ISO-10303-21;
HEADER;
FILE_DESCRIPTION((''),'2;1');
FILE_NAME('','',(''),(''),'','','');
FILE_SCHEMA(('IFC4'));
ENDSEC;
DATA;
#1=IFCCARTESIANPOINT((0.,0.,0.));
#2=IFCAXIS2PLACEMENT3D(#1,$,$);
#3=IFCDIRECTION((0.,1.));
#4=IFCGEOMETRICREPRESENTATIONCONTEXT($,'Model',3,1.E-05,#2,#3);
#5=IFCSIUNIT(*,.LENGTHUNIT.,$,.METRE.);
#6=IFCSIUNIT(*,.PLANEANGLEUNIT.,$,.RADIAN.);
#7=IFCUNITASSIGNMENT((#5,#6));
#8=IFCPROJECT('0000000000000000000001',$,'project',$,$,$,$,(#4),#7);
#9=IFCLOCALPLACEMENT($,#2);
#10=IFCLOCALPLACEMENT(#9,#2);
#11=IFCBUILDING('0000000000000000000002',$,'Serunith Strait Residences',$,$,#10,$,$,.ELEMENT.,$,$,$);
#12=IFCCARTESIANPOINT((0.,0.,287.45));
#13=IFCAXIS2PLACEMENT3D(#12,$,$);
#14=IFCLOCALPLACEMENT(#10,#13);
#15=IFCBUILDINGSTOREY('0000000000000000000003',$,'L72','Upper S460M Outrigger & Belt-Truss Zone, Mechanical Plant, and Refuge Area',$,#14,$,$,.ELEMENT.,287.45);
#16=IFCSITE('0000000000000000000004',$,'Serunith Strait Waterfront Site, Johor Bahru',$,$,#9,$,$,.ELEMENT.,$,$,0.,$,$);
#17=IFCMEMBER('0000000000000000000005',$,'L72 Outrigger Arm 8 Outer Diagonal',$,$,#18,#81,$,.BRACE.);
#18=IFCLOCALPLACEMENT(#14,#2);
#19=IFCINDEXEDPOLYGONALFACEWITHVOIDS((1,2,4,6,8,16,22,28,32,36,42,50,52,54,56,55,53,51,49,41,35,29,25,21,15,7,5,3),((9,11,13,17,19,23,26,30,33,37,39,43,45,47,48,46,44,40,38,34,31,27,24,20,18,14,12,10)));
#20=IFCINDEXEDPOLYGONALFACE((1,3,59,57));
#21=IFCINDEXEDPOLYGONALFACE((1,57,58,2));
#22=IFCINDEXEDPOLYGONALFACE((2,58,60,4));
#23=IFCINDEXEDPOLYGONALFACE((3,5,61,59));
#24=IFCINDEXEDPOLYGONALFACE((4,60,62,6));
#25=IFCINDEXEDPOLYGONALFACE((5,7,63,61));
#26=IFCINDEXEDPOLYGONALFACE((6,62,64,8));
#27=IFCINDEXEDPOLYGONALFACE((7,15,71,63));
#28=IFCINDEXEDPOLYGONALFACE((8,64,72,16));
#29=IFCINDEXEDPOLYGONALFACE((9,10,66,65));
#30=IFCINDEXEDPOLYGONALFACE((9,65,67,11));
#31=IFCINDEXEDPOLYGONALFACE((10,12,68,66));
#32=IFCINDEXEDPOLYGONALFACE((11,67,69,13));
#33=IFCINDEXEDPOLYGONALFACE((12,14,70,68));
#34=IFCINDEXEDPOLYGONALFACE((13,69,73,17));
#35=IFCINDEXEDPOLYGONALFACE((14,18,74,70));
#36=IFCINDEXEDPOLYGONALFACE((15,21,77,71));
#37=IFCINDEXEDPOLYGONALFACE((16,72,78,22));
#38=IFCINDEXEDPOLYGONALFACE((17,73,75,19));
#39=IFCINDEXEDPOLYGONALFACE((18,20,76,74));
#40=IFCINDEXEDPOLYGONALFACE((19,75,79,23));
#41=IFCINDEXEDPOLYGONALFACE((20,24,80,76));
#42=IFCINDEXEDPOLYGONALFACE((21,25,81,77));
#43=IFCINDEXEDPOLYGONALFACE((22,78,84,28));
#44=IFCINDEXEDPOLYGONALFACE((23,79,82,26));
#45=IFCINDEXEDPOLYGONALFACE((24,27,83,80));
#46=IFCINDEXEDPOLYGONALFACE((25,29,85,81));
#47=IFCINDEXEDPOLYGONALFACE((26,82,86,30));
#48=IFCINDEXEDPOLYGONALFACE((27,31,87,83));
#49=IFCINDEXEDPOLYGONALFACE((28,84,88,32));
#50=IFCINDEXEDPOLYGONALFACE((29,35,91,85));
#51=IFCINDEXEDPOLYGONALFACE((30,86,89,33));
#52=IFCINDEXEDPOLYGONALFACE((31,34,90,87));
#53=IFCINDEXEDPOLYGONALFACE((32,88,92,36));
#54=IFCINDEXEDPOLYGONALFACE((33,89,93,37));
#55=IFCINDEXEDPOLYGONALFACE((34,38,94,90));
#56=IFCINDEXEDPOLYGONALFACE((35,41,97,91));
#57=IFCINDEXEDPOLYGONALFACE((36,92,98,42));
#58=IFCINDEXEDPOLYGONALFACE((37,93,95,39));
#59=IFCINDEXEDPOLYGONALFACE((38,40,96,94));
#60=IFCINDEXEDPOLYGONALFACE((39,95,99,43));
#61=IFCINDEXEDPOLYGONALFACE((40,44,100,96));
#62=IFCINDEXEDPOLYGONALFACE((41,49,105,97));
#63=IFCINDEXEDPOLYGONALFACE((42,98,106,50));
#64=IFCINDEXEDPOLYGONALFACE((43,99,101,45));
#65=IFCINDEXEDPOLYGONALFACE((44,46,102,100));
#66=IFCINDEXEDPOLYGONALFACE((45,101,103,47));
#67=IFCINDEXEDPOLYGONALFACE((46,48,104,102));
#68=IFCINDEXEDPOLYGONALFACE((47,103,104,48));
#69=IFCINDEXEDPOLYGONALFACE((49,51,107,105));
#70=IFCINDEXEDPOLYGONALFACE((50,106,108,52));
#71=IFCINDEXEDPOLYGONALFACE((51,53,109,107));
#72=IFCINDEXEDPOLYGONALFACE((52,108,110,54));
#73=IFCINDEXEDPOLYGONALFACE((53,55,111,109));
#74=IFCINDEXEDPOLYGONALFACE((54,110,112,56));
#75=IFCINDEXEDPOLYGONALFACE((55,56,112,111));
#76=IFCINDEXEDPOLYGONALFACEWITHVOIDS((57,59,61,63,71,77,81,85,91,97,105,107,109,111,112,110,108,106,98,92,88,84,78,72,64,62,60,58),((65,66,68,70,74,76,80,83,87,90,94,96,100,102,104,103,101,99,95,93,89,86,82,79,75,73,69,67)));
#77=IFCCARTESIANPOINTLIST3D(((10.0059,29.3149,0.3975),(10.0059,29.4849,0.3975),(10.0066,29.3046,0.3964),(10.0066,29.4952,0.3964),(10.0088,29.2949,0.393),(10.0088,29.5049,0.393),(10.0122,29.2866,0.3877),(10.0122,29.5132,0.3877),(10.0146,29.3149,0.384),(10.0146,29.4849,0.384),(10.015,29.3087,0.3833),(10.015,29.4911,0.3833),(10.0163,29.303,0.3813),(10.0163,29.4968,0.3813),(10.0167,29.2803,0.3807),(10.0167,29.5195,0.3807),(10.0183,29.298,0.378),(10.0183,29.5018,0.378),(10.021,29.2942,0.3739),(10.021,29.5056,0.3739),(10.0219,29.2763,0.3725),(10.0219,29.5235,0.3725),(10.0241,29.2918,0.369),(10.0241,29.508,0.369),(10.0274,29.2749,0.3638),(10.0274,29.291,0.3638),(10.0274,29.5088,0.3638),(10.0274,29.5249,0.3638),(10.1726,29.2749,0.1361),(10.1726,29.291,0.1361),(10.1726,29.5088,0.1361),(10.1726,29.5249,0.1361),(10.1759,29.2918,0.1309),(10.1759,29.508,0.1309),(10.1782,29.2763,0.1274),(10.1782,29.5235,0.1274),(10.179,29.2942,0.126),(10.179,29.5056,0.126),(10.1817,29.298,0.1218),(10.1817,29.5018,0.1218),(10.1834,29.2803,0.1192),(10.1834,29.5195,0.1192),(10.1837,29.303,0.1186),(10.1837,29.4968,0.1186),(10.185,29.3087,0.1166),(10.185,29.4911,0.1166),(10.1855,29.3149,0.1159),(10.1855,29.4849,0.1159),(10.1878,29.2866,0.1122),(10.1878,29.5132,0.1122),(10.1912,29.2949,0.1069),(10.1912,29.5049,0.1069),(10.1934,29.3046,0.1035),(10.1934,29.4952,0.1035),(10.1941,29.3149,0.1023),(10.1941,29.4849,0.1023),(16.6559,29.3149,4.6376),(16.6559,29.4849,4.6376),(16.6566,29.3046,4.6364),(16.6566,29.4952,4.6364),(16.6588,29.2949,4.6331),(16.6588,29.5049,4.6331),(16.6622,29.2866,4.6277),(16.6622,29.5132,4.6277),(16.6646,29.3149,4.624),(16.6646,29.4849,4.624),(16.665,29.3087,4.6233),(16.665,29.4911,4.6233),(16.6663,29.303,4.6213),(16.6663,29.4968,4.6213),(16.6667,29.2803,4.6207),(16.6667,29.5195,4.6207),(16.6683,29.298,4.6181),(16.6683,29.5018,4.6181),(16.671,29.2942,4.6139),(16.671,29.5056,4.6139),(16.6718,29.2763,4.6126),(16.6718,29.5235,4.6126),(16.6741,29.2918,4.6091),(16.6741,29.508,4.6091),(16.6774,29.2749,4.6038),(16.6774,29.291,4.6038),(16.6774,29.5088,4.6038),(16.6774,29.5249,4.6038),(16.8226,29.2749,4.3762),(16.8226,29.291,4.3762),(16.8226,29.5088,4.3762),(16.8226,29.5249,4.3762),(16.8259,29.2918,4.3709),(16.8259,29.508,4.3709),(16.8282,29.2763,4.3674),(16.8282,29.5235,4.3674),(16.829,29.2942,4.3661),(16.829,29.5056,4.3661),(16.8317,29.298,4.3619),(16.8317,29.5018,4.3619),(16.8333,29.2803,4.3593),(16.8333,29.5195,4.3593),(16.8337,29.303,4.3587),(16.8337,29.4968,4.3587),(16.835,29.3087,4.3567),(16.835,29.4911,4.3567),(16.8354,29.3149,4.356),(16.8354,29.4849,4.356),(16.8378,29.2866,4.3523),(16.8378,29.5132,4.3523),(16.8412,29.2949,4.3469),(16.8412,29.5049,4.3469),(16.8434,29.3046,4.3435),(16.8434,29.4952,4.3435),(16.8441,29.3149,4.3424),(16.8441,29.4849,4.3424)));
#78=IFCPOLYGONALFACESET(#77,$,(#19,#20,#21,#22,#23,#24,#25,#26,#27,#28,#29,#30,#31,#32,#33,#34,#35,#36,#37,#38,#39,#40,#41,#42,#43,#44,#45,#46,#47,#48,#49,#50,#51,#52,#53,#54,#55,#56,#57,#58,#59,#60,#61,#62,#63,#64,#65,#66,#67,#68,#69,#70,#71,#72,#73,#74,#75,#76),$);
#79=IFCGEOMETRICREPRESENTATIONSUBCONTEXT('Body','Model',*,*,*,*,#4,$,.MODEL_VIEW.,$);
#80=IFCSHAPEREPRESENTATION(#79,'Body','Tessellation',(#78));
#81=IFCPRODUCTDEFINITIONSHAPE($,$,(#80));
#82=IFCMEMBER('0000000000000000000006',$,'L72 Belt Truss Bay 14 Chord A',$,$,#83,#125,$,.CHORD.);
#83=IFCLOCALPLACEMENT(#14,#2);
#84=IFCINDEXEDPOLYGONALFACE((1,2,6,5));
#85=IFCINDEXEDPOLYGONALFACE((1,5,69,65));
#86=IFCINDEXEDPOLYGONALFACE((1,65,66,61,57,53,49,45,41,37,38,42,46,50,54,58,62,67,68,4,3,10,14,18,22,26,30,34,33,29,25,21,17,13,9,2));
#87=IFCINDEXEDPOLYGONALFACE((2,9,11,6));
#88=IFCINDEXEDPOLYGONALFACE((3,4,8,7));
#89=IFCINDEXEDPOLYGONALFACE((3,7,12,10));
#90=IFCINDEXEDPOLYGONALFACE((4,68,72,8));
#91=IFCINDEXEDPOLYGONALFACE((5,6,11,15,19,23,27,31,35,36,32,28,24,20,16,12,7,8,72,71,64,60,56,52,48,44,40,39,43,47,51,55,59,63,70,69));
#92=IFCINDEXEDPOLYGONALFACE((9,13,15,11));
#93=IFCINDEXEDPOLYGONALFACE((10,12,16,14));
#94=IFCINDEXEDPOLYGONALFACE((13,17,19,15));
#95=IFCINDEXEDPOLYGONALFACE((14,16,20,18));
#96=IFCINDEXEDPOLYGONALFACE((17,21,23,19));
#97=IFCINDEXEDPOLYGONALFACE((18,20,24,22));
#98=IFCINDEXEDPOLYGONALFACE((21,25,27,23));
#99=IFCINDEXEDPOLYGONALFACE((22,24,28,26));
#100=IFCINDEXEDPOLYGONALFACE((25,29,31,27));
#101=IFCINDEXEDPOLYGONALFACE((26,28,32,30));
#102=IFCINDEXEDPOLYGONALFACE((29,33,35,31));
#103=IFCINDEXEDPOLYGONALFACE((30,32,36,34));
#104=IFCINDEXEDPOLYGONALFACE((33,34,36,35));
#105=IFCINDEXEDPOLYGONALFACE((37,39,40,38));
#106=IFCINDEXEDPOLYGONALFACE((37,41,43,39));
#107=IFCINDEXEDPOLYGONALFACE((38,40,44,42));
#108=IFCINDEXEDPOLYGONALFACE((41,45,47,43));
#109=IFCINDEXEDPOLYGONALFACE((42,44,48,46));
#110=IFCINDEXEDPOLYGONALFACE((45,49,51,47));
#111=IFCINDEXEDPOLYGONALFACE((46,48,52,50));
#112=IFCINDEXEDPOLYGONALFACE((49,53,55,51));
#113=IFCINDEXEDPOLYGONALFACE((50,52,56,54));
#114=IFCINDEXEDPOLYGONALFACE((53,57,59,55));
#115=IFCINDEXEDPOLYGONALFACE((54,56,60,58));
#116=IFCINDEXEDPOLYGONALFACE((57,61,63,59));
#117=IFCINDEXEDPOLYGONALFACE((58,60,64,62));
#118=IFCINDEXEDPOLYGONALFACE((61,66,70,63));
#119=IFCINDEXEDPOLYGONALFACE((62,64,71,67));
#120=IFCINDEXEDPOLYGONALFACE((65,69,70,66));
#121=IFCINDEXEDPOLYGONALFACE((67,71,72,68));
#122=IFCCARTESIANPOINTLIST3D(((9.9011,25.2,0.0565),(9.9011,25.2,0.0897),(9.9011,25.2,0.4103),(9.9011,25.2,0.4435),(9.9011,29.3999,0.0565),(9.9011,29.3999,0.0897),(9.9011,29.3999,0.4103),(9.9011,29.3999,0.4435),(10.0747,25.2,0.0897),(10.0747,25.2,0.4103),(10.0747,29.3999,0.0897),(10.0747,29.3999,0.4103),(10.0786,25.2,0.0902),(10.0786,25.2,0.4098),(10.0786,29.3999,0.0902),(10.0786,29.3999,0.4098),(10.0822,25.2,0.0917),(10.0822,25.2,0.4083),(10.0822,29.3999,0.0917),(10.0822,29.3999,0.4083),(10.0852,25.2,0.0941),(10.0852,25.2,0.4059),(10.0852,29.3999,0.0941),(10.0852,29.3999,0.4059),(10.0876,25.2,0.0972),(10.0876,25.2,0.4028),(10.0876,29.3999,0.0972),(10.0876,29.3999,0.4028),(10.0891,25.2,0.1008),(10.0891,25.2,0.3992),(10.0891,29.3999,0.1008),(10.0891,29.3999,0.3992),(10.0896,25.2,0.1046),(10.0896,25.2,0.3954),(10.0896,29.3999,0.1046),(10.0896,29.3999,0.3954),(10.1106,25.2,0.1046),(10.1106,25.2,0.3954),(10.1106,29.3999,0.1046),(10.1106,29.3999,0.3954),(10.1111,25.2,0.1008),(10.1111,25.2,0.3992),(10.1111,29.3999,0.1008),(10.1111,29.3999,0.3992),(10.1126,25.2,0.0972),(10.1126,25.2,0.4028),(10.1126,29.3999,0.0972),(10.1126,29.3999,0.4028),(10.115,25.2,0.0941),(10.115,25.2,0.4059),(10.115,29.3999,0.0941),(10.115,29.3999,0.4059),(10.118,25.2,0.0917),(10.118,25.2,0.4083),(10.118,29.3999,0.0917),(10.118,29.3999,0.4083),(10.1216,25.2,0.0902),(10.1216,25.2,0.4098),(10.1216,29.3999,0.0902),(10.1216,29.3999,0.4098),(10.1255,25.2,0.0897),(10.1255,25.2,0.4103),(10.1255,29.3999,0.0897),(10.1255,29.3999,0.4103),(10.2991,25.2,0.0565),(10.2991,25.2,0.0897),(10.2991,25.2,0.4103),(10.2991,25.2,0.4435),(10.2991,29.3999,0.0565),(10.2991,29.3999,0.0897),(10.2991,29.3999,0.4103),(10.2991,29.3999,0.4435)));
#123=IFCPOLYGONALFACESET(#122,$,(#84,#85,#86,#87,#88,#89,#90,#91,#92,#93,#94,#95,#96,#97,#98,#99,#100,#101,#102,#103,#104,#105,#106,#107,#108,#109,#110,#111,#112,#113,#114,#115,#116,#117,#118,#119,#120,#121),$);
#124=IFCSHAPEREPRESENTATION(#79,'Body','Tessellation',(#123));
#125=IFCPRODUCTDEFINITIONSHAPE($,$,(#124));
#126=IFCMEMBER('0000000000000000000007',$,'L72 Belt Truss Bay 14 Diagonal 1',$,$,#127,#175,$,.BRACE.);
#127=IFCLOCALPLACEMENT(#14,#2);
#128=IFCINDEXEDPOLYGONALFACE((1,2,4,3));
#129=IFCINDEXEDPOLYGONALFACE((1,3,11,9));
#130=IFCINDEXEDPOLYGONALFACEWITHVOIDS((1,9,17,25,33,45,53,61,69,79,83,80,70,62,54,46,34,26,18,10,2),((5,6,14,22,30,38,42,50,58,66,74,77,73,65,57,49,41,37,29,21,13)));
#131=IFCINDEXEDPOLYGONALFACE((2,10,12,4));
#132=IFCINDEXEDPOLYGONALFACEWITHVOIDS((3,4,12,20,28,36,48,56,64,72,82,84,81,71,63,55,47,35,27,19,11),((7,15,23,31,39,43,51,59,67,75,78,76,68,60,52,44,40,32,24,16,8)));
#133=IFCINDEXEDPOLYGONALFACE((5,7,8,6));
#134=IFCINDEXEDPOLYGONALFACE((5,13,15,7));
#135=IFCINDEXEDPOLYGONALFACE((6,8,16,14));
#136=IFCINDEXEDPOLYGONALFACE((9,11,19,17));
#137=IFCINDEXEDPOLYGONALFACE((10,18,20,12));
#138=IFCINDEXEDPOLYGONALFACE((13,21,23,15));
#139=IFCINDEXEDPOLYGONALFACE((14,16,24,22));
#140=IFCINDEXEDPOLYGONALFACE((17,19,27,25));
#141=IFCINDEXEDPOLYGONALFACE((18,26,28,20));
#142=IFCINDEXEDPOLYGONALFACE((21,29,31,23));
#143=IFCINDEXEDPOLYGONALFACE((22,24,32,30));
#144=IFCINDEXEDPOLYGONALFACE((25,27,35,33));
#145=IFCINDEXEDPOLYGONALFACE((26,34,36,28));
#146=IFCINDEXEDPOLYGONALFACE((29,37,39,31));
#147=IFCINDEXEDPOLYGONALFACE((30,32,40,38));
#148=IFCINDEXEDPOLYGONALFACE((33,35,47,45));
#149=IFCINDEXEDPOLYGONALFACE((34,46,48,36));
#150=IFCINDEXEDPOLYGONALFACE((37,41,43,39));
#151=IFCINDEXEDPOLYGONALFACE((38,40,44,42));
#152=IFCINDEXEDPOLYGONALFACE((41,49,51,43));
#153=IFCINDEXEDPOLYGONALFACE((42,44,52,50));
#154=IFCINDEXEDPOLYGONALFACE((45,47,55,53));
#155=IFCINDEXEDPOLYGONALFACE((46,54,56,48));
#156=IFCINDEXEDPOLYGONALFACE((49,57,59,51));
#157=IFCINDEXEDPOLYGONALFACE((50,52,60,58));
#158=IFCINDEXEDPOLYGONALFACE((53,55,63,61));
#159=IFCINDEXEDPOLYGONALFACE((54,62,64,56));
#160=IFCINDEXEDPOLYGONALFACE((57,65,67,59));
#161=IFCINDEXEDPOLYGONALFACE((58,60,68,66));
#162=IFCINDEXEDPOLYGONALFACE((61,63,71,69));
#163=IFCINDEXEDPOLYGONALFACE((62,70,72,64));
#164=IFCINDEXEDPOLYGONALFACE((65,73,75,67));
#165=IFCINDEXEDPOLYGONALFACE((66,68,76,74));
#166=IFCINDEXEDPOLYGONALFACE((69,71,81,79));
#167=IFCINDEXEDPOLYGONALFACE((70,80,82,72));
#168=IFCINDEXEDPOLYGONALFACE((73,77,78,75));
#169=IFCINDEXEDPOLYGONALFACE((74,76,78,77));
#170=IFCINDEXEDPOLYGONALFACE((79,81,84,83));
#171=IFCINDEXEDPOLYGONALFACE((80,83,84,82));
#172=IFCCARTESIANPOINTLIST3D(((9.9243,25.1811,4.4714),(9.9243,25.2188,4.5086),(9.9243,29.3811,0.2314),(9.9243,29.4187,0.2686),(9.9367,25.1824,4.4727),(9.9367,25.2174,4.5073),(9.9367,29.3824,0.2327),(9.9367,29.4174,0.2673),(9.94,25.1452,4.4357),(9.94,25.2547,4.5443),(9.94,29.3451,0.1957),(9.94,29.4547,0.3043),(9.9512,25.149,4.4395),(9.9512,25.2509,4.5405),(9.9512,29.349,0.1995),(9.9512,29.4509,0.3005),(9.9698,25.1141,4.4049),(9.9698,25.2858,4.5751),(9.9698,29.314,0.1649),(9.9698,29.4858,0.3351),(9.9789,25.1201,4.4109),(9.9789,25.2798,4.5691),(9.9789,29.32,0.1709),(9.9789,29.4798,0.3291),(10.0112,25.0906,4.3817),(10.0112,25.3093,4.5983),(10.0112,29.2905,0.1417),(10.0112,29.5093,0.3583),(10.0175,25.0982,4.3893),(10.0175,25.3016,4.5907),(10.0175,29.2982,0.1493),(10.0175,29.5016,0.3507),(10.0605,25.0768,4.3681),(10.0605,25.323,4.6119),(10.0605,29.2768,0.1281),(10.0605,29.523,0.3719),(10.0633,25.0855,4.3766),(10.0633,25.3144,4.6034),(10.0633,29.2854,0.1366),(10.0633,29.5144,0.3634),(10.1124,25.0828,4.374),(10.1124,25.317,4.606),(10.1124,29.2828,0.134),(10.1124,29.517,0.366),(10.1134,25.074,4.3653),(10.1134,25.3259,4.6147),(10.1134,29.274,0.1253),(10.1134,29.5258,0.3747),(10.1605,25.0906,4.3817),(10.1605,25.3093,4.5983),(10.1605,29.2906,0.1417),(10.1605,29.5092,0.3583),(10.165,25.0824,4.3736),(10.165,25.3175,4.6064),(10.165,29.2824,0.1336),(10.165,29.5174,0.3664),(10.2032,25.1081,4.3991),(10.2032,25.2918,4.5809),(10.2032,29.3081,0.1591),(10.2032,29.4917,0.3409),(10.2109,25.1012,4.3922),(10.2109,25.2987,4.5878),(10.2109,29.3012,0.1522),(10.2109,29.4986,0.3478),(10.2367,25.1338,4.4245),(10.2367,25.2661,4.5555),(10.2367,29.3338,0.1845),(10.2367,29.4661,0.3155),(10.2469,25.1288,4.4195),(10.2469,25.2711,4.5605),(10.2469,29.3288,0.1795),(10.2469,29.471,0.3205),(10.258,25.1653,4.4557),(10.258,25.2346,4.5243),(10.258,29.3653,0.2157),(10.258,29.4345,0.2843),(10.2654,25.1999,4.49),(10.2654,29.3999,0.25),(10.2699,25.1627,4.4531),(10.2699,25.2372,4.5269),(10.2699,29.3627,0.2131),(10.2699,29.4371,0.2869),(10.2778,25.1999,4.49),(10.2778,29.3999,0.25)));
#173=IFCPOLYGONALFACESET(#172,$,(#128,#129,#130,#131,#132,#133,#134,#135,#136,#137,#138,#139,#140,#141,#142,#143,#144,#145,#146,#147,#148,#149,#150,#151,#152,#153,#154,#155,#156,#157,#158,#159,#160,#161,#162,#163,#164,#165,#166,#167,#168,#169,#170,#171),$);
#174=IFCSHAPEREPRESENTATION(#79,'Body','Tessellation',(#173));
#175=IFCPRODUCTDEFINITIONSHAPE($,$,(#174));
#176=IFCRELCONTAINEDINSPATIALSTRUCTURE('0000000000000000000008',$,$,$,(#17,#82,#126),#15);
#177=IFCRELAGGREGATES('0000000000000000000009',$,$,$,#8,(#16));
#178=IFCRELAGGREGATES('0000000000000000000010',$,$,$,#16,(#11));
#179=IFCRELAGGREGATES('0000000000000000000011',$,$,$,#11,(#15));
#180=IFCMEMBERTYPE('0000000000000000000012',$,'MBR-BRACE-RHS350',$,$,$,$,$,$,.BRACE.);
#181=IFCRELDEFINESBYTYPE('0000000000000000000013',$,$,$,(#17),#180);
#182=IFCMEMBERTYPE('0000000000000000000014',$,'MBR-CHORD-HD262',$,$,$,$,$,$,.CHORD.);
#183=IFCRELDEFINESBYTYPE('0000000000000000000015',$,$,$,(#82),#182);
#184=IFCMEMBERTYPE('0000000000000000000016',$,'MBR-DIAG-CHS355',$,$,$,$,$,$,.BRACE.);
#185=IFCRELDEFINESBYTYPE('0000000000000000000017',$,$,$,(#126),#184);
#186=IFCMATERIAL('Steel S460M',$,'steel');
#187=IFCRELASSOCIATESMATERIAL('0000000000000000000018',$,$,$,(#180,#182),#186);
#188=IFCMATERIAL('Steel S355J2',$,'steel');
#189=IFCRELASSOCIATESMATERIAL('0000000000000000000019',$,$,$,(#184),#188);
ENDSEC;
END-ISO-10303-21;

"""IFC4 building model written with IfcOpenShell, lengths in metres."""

from ifc_helpers import new_model, si_unit, direction, frame, origin, origin_2d, place, context, subcontext, project, spatial, hollow_rectangle, hollow_circle, i_section, extrude, source, transform, mapped, material, material_profile, profile_set, type_object, element, save


model = new_model("IFC4")

# Units and contexts
model_context = context("Model", 3, precision=1e-05, world=origin(), true_north=direction((0.0, 1.0)))
body_context = subcontext(model_context, "Body", "Model", "MODEL_VIEW")
ifc_project = project(units=[si_unit("LENGTHUNIT", "METRE"), si_unit("PLANEANGLEUNIT", "RADIAN")], contexts=[model_context])

# Site, building, storey
site_placement = place(None, origin())
site = spatial("IfcSite", under=ifc_project, at=site_placement, Name="Serunith Strait Waterfront Site, Johor Bahru", CompositionType="ELEMENT", RefElevation=0.0)
building_placement = place(site_placement, origin())
building = spatial("IfcBuilding", under=site, at=building_placement, Name="Serunith Strait Residences", CompositionType="ELEMENT")
storey_placement = place(building_placement, frame((0.0, 0.0, 287.45)))
storey = spatial("IfcBuildingStorey", under=building, at=storey_placement, Name="L72", Description="Upper S460M Outrigger & Belt-Truss Zone, Mechanical Plant, and Refuge Area", CompositionType="ELEMENT", Elevation=287.45)

# Shared definitions
ifc_material_1 = material(Name="Steel S355J2", Category="steel")

# Members
ifc_material_2 = material(Name="Steel S460M", Category="steel")
ifc_material_profile_1 = material_profile(ifc_material_2, hollow_rectangle(XDim=0.25, YDim=0.3501, WallThickness=0.0161, InnerFilletRadius=0.0239, OuterFilletRadius=0.04, at=origin_2d()), Name="RHS 350x250x16")
ifc_profile_set_1 = profile_set([ifc_material_profile_1], Name="Steel S460M")
member_type_1 = type_object("IfcMemberType", Name="MBR-BRACE-RHS350", PredefinedType="BRACE", material=ifc_profile_set_1)
shared_shape_1 = source(origin(), body_context, "Body", "SweptSolid", [
    extrude(hollow_rectangle(XDim=0.25, YDim=0.3501, WallThickness=0.0161, InnerFilletRadius=0.0239, OuterFilletRadius=0.04, at=origin_2d()), origin(), (0.0, 0.0, 1.0), 7.8867),
])
member_1_placement = place(storey_placement, frame((16.75, 29.3999, 4.49), z_axis=(-0.843188, 0.0, -0.537618), x_axis=(0.0, -1.0, 0.0)))
element("IfcMember", 1, at=member_1_placement, inside=storey, type_object=member_type_1, Name="L72 Outrigger Arm 8 Outer Diagonal", PredefinedType="BRACE", context=body_context, shape_type="MappedRepresentation", body=[
    mapped(shared_shape_1, transform((0.0, 0.0, 0.0), scale=1.0)),
])
ifc_material_profile_2 = material_profile(ifc_material_2, i_section(OverallWidth=0.3979, OverallDepth=0.387, WebThickness=0.021, FlangeThickness=0.0332, FilletRadius=0.0149, at=origin_2d()), Name="HD 400x262")
ifc_profile_set_2 = profile_set([ifc_material_profile_2], Name="Steel S460M")
member_type_2 = type_object("IfcMemberType", Name="MBR-CHORD-HD262", PredefinedType="CHORD", material=ifc_profile_set_2)
shared_shape_2 = source(origin(), body_context, "Body", "SweptSolid", [
    extrude(i_section(OverallWidth=0.3979, OverallDepth=0.387, WebThickness=0.021, FlangeThickness=0.0332, FilletRadius=0.0149, at=origin_2d()), origin(), (0.0, 0.0, 1.0), 4.2),
])
member_2_placement = place(storey_placement, frame((10.1001, 29.3999, 0.25), z_axis=(0.0, -1.0, 0.0), x_axis=(1.0, 0.0, 0.0)))
element("IfcMember", 2, at=member_2_placement, inside=storey, type_object=member_type_2, Name="L72 Belt Truss Bay 14 Chord A", PredefinedType="CHORD", context=body_context, shape_type="MappedRepresentation", body=[
    mapped(shared_shape_2, transform((0.0, 0.0, 0.0), scale=1.0)),
])
ifc_material_profile_3 = material_profile(ifc_material_1, hollow_circle(Radius=0.1777, WallThickness=0.0125, at=origin_2d()), Name="CHS 355.6x12.5")
ifc_profile_set_3 = profile_set([ifc_material_profile_3], Name="Steel S355J2")
member_type_3 = type_object("IfcMemberType", Name="MBR-DIAG-CHS355", PredefinedType="BRACE", material=ifc_profile_set_3)
shared_shape_3 = source(origin(), body_context, "Body", "SweptSolid", [
    extrude(hollow_circle(Radius=0.1777, WallThickness=0.0125, at=origin_2d()), origin(), (0.0, 0.0, 1.0), 5.968),
])
member_3_placement = place(storey_placement, frame((10.1001, 29.3999, 0.25), z_axis=(0.0, -0.703744, 0.710453), x_axis=(1.0, 0.0, 0.0)))
element("IfcMember", 3, at=member_3_placement, inside=storey, type_object=member_type_3, Name="L72 Belt Truss Bay 14 Diagonal 1", PredefinedType="BRACE", context=body_context, shape_type="MappedRepresentation", body=[
    mapped(shared_shape_3, transform((0.0, 0.0, 0.0), scale=1.0)),
])

save(model, "model.ifc")
